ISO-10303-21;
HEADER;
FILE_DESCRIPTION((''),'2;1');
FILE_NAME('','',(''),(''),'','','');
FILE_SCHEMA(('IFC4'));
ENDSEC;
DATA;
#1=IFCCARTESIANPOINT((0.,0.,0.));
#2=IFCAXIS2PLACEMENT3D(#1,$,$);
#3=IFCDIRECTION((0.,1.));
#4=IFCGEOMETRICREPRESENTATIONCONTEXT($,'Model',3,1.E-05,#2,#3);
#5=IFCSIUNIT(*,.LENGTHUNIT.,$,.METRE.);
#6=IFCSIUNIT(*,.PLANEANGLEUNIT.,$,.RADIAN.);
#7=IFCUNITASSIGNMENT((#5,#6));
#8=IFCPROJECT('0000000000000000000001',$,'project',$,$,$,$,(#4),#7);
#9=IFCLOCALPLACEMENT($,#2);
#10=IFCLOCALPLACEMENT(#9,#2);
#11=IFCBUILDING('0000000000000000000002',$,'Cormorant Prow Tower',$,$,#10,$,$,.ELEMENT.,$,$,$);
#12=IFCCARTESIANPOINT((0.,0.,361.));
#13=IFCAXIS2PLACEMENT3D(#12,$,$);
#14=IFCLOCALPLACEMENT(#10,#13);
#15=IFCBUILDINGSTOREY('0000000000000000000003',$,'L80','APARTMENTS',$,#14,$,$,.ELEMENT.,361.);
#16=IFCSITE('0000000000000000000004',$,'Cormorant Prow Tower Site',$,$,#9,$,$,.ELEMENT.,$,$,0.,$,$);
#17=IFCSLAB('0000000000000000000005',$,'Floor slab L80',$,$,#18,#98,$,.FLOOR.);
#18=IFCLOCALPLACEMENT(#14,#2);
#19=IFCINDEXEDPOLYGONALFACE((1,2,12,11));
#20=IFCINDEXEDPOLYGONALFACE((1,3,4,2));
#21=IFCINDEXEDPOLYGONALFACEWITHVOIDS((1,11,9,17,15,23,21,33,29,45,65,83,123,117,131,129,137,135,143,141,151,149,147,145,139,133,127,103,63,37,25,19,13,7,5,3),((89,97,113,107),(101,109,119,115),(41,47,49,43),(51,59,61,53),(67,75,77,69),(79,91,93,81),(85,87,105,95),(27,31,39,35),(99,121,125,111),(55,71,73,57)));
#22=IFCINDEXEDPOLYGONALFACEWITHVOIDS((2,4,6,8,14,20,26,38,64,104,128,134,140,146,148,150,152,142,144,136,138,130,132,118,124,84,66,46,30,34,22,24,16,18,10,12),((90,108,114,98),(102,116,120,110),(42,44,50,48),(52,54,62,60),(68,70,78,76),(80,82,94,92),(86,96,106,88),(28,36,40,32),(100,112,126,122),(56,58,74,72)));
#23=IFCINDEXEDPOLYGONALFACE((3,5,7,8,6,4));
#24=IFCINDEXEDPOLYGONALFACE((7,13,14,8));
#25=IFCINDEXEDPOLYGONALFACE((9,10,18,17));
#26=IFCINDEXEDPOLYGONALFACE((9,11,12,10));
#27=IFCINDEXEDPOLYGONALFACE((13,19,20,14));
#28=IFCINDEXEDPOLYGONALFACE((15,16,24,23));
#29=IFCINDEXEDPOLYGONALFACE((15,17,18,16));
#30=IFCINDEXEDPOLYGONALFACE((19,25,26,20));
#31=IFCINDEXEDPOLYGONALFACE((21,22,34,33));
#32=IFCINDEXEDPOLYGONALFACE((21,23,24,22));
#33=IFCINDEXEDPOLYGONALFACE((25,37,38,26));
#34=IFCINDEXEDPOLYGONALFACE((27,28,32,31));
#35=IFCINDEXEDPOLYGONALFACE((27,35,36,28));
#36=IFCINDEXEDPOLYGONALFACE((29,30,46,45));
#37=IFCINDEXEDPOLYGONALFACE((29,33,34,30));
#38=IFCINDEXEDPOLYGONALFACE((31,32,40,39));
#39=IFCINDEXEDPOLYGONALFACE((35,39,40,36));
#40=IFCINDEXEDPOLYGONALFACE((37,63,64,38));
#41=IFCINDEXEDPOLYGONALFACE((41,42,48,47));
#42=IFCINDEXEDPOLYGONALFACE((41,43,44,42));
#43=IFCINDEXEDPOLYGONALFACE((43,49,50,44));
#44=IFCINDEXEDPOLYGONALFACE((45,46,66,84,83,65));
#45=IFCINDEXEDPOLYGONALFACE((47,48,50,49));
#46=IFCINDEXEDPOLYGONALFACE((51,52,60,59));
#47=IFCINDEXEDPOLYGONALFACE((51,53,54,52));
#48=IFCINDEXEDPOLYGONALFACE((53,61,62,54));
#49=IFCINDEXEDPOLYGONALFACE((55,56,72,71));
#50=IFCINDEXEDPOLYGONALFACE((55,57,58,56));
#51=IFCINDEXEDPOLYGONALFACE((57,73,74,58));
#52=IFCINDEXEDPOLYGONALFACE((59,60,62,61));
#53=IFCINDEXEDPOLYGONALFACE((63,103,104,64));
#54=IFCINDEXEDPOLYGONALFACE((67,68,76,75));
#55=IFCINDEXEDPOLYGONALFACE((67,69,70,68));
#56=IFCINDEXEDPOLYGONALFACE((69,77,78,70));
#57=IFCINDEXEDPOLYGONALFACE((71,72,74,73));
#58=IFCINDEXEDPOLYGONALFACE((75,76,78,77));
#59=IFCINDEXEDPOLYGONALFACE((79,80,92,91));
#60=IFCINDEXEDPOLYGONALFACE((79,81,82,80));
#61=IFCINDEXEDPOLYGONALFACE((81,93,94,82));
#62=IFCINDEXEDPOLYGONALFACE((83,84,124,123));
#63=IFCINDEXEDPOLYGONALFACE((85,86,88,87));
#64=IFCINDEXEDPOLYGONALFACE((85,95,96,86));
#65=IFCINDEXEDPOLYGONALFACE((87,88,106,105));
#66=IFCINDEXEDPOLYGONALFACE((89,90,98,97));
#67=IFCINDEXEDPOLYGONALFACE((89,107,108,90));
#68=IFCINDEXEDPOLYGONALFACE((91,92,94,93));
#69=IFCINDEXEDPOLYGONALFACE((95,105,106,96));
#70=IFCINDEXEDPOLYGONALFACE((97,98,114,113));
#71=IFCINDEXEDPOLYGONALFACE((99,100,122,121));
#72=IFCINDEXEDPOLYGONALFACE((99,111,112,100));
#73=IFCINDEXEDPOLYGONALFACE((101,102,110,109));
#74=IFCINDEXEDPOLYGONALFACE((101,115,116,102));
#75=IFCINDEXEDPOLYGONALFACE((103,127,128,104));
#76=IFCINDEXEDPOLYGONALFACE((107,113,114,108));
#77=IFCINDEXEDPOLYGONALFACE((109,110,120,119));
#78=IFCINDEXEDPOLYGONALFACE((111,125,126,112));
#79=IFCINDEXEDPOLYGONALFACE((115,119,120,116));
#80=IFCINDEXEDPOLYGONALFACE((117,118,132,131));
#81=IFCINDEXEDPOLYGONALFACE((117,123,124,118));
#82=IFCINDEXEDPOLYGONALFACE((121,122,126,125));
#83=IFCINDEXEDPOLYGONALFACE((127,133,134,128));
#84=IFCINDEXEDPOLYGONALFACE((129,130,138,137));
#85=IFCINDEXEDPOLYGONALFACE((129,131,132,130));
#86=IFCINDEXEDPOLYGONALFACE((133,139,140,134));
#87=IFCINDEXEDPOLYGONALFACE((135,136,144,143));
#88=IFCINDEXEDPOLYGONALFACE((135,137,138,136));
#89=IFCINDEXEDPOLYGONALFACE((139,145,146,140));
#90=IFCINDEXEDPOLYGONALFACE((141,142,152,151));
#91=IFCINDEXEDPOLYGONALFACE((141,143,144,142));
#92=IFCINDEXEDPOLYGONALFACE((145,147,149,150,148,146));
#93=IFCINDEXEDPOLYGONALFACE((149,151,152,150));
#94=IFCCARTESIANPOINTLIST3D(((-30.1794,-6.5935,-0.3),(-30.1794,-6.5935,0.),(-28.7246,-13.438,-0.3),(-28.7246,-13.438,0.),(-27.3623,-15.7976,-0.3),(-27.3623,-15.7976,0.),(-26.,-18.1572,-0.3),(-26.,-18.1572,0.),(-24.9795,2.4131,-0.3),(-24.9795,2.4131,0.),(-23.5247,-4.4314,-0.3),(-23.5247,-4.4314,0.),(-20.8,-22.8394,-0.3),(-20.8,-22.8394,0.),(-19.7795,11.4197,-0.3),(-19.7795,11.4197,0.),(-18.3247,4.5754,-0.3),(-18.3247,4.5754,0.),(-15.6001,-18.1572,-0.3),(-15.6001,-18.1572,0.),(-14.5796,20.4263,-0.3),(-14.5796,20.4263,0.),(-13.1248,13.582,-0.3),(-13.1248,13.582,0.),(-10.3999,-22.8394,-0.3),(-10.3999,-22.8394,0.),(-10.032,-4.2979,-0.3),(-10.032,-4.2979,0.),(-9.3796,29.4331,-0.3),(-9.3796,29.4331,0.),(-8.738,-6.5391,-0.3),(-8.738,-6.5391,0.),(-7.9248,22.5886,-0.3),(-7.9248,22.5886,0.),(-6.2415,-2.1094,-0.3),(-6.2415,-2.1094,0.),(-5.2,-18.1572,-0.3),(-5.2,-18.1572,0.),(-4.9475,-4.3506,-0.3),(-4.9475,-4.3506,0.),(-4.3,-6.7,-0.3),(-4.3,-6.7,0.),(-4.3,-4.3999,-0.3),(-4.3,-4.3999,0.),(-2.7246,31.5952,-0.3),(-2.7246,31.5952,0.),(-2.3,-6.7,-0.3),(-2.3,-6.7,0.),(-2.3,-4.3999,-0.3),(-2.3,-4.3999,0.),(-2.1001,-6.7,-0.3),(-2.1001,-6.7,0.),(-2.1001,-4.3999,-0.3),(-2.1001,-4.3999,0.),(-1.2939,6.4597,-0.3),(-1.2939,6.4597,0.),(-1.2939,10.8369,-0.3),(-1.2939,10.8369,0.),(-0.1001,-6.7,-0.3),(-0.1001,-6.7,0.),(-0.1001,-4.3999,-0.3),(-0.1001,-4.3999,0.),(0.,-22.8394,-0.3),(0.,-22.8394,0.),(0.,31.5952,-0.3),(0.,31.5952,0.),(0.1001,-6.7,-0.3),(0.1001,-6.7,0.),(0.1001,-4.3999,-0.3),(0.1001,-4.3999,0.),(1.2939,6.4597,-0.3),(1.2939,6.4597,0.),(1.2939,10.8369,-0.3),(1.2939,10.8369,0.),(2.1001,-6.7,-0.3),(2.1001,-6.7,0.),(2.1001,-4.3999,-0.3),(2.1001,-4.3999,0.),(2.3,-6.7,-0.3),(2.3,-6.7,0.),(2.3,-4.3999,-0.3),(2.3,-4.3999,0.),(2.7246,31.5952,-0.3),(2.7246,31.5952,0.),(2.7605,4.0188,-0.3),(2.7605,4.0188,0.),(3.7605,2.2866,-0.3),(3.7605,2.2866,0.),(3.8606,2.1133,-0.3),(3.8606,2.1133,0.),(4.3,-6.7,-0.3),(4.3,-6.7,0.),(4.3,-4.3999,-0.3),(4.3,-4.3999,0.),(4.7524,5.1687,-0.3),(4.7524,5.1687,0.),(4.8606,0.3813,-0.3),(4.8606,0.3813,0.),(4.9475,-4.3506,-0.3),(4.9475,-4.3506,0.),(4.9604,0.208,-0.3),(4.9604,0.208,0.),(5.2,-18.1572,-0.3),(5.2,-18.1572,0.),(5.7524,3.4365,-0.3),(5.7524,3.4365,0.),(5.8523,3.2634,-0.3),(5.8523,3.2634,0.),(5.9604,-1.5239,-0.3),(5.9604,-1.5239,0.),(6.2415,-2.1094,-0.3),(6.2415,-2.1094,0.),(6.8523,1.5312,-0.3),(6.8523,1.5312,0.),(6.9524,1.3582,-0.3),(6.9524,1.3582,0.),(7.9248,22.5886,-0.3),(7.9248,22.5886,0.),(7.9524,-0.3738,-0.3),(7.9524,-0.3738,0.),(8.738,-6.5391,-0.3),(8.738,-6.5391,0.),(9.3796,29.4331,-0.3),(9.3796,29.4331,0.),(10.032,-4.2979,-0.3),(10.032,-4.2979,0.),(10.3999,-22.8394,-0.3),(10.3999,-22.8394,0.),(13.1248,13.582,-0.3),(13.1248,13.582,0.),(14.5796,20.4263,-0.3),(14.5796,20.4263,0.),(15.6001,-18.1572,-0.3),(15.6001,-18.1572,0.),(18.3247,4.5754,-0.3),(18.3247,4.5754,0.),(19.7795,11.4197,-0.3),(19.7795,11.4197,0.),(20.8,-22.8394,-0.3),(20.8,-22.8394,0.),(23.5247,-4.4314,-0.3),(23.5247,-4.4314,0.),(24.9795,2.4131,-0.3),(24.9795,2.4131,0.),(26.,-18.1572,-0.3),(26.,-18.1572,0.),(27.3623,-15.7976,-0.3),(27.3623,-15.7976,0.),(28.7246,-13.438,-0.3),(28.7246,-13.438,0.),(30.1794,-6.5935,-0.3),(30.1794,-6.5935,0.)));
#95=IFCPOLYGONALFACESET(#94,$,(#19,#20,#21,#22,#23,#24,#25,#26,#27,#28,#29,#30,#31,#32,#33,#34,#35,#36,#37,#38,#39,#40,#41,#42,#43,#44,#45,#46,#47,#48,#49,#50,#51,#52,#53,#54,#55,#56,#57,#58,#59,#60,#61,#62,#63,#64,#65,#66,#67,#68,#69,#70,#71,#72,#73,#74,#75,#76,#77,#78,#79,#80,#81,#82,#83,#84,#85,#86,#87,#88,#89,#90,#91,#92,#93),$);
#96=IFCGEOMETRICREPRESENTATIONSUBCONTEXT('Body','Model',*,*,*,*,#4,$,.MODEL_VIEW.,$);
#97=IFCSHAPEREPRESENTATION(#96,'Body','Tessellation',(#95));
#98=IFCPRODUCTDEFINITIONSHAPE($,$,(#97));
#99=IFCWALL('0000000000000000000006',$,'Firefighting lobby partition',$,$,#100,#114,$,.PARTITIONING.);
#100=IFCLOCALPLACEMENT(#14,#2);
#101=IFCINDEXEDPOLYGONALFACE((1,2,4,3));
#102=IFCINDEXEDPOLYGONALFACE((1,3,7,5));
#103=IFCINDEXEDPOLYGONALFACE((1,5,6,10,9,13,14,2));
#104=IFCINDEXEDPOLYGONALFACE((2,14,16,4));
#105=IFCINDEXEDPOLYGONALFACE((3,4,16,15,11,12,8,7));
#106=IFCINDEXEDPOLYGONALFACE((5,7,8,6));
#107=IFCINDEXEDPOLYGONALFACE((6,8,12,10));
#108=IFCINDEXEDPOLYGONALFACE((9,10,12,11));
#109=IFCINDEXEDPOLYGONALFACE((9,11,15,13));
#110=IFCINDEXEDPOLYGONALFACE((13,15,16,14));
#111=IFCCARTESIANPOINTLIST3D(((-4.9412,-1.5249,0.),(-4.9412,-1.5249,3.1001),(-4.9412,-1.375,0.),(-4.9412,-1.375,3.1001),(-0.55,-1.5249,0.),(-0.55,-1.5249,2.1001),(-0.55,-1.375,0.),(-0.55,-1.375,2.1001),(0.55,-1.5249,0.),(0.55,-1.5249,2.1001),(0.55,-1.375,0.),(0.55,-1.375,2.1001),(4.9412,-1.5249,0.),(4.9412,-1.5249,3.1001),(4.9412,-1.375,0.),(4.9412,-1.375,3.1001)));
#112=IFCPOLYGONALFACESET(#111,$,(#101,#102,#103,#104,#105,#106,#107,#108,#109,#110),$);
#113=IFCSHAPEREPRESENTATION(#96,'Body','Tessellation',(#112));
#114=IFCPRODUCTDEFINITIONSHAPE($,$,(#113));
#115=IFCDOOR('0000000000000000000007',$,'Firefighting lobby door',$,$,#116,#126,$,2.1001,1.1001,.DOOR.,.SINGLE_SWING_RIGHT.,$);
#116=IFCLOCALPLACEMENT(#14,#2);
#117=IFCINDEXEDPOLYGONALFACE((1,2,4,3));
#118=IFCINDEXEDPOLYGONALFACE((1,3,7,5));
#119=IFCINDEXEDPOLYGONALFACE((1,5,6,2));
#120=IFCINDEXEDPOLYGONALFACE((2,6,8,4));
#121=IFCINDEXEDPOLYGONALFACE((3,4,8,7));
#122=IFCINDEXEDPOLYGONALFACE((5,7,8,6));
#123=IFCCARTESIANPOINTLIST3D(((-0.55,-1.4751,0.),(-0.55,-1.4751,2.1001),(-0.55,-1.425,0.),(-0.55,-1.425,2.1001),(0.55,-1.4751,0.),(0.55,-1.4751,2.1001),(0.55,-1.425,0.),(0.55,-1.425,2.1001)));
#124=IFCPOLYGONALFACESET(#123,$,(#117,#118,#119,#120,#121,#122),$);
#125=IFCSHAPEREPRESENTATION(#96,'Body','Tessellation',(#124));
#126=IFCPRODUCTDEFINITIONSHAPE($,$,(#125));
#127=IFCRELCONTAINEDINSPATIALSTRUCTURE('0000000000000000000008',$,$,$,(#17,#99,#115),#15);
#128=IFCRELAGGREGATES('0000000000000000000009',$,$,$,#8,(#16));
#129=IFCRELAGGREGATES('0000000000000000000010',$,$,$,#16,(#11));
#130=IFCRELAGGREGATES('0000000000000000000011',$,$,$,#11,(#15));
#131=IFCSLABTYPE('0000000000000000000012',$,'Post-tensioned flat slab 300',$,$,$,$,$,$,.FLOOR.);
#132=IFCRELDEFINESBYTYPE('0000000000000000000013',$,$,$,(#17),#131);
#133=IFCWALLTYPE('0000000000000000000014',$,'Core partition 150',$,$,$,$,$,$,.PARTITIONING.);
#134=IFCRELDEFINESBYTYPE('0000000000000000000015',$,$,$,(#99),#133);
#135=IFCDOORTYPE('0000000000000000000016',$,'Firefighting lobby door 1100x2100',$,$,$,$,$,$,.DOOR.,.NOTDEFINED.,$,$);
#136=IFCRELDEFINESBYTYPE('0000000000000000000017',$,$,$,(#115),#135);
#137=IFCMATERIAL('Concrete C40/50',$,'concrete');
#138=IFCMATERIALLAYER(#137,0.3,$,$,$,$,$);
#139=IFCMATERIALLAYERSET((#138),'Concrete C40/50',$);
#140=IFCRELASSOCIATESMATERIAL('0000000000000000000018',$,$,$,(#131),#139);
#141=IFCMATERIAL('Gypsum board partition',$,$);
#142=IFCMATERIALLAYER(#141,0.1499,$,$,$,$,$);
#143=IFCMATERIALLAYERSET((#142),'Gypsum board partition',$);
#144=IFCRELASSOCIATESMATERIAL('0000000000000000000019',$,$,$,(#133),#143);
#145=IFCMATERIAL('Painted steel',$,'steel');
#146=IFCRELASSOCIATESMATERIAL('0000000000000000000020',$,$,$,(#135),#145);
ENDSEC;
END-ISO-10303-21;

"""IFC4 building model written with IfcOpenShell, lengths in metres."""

from ifc_helpers import new_model, si_unit, direction, frame, frame_2d, origin, place, context, subcontext, project, spatial, polyline, rectangle, outline, extrude, material, layer, layer_set, type_object, element, fill, save


model = new_model("IFC4")

# Units and contexts
model_context = context("Model", 3, precision=1e-05, world=origin(), true_north=direction((0.0, 1.0)))
body_context = subcontext(model_context, "Body", "Model", "MODEL_VIEW")
ifc_project = project(units=[si_unit("LENGTHUNIT", "METRE"), si_unit("PLANEANGLEUNIT", "RADIAN")], contexts=[model_context])

# Site, building, storey
site_placement = place(None, origin())
site = spatial("IfcSite", under=ifc_project, at=site_placement, Name="Cormorant Prow Tower Site", CompositionType="ELEMENT", RefElevation=0.0)
building_placement = place(site_placement, origin())
building = spatial("IfcBuilding", under=site, at=building_placement, Name="Cormorant Prow Tower", CompositionType="ELEMENT")
storey_placement = place(building_placement, frame((0.0, 0.0, 361.0)))
storey = spatial("IfcBuildingStorey", under=building, at=storey_placement, Name="L80", Description="APARTMENTS", CompositionType="ELEMENT", Elevation=361.0)

# Slab
ifc_material_1 = material(Name="Concrete C40/50", Category="concrete")
ifc_layer_1 = layer(ifc_material_1, 0.3)
ifc_layer_set_1 = layer_set([ifc_layer_1], Name="Concrete C40/50")
slab_type_1 = type_object("IfcSlabType", Name="Post-tensioned flat slab 300", PredefinedType="FLOOR", material=ifc_layer_set_1)
slab_1_placement = place(storey_placement, frame((0.0, 0.0, -0.3)))
element("IfcSlab", 1, at=slab_1_placement, inside=storey, type_object=slab_type_1, Name="Floor slab L80", PredefinedType="FLOOR", context=body_context, shape_type="SweptSolid", body=[
    extrude(outline(polyline([(-7.9248, 22.5886), (-14.5796, 20.4263), (-13.1248, 13.582), (-19.7795, 11.4197), (-18.3247, 4.5754), (-24.9795, 2.4131), (-23.5247, -4.4314), (-30.1794, -6.5935), (-28.7246, -13.438), (-27.3623, -15.7976), (-26.0, -18.1572), (-20.8, -22.8394), (-15.6001, -18.1572), (-10.3999, -22.8394), (-5.2, -18.1572), (0.0, -22.8394), (5.2, -18.1572), (10.3999, -22.8394), (15.6001, -18.1572), (20.8, -22.8394), (26.0, -18.1572), (27.3623, -15.7976), (28.7246, -13.438), (30.1794, -6.5935), (23.5247, -4.4314), (24.9795, 2.4131), (18.3247, 4.5754), (19.7795, 11.4197), (13.1248, 13.582), (14.5796, 20.4263), (7.9248, 22.5886), (9.3796, 29.4331), (2.7246, 31.5952), (0.0, 31.5952), (-2.7246, 31.5952), (-9.3796, 29.4331), (-7.9248, 22.5886)]), holes=[polyline([(-4.3, -4.3999), (-2.3, -4.3999), (-2.3, -6.7), (-4.3, -6.7), (-4.3, -4.3999)]), polyline([(-0.1001, -4.3999), (-0.1001, -6.7), (-2.1001, -6.7), (-2.1001, -4.3999), (-0.1001, -4.3999)]), polyline([(2.1001, -6.7), (0.1001, -6.7), (0.1001, -4.3999), (2.1001, -4.3999), (2.1001, -6.7)]), polyline([(2.3, -6.7), (2.3, -4.3999), (4.3, -4.3999), (4.3, -6.7), (2.3, -6.7)]), polyline([(5.9604, -1.5239), (4.9604, 0.208), (6.9524, 1.3582), (7.9524, -0.3738), (5.9604, -1.5239)]), polyline([(3.8606, 2.1133), (5.8523, 3.2634), (6.8523, 1.5312), (4.8606, 0.3813), (3.8606, 2.1133)]), polyline([(4.7524, 5.1687), (5.7524, 3.4365), (3.7605, 2.2866), (2.7605, 4.0188), (4.7524, 5.1687)]), polyline([(-4.9475, -4.3506), (-8.738, -6.5391), (-10.032, -4.2979), (-6.2415, -2.1094), (-4.9475, -4.3506)]), polyline([(10.032, -4.2979), (8.738, -6.5391), (4.9475, -4.3506), (6.2415, -2.1094), (10.032, -4.2979)]), polyline([(1.2939, 10.8369), (1.2939, 6.4597), (-1.2939, 6.4597), (-1.2939, 10.8369), (1.2939, 10.8369)])]), origin(), (0.0, 0.0, 1.0), 0.3),
])

# Wall, opening, door
ifc_material_2 = material(Name="Gypsum board partition")
ifc_layer_2 = layer(ifc_material_2, 0.1499)
ifc_layer_set_2 = layer_set([ifc_layer_2], Name="Gypsum board partition")
wall_type_1 = type_object("IfcWallType", Name="Core partition 150", PredefinedType="PARTITIONING", material=ifc_layer_set_2)
wall_1_placement = place(storey_placement, frame((-4.9412, -1.45, 0.0), z_axis=(0.0, 0.0, 1.0), x_axis=(1.0, 0.0, 0.0)))
wall_1 = element("IfcWall", 2, at=wall_1_placement, inside=storey, type_object=wall_type_1, Name="Firefighting lobby partition", PredefinedType="PARTITIONING", context=body_context, shape_type="SweptSolid", body=[
    extrude(rectangle(XDim=9.8823, YDim=0.1499, at=frame_2d((4.9412, 0.0))), origin(), (0.0, 0.0, 1.0), 3.1001),
])
opening_1_placement = place(wall_1_placement, frame((4.3911, 0.0, 0.0)))
opening_1 = element("IfcOpeningElement", 3, at=opening_1_placement, cuts=wall_1, PredefinedType="OPENING", context=body_context, shape_type="SweptSolid", body=[
    extrude(rectangle(XDim=1.1001, YDim=2.1001, at=frame_2d((0.55, 1.05))), frame((0.0, 0.085, 0.0), z_axis=(0.0, -1.0, 0.0), x_axis=(1.0, 0.0, 0.0)), (0.0, 0.0, 1.0), 0.1699),
])
ifc_material_3 = material(Name="Painted steel", Category="steel")
door_type_1 = type_object("IfcDoorType", Name="Firefighting lobby door 1100x2100", OperationType="NOTDEFINED", PredefinedType="DOOR", material=ifc_material_3)
door_1_placement = place(opening_1_placement, origin())
door_1 = element("IfcDoor", 4, at=door_1_placement, inside=storey, type_object=door_type_1, Name="Firefighting lobby door", OperationType="SINGLE_SWING_RIGHT", OverallHeight=2.1001, OverallWidth=1.1001, PredefinedType="DOOR", context=body_context, shape_type="SweptSolid", body=[
    extrude(rectangle(XDim=1.1001, YDim=2.1001, at=frame_2d((0.55, 1.05))), frame((0.0, 0.0249, 0.0), z_axis=(0.0, -1.0, 0.0), x_axis=(1.0, 0.0, 0.0)), (0.0, 0.0, 1.0), 0.05),
])
fill(opening_1, door_1)

save(model, "model.ifc")
